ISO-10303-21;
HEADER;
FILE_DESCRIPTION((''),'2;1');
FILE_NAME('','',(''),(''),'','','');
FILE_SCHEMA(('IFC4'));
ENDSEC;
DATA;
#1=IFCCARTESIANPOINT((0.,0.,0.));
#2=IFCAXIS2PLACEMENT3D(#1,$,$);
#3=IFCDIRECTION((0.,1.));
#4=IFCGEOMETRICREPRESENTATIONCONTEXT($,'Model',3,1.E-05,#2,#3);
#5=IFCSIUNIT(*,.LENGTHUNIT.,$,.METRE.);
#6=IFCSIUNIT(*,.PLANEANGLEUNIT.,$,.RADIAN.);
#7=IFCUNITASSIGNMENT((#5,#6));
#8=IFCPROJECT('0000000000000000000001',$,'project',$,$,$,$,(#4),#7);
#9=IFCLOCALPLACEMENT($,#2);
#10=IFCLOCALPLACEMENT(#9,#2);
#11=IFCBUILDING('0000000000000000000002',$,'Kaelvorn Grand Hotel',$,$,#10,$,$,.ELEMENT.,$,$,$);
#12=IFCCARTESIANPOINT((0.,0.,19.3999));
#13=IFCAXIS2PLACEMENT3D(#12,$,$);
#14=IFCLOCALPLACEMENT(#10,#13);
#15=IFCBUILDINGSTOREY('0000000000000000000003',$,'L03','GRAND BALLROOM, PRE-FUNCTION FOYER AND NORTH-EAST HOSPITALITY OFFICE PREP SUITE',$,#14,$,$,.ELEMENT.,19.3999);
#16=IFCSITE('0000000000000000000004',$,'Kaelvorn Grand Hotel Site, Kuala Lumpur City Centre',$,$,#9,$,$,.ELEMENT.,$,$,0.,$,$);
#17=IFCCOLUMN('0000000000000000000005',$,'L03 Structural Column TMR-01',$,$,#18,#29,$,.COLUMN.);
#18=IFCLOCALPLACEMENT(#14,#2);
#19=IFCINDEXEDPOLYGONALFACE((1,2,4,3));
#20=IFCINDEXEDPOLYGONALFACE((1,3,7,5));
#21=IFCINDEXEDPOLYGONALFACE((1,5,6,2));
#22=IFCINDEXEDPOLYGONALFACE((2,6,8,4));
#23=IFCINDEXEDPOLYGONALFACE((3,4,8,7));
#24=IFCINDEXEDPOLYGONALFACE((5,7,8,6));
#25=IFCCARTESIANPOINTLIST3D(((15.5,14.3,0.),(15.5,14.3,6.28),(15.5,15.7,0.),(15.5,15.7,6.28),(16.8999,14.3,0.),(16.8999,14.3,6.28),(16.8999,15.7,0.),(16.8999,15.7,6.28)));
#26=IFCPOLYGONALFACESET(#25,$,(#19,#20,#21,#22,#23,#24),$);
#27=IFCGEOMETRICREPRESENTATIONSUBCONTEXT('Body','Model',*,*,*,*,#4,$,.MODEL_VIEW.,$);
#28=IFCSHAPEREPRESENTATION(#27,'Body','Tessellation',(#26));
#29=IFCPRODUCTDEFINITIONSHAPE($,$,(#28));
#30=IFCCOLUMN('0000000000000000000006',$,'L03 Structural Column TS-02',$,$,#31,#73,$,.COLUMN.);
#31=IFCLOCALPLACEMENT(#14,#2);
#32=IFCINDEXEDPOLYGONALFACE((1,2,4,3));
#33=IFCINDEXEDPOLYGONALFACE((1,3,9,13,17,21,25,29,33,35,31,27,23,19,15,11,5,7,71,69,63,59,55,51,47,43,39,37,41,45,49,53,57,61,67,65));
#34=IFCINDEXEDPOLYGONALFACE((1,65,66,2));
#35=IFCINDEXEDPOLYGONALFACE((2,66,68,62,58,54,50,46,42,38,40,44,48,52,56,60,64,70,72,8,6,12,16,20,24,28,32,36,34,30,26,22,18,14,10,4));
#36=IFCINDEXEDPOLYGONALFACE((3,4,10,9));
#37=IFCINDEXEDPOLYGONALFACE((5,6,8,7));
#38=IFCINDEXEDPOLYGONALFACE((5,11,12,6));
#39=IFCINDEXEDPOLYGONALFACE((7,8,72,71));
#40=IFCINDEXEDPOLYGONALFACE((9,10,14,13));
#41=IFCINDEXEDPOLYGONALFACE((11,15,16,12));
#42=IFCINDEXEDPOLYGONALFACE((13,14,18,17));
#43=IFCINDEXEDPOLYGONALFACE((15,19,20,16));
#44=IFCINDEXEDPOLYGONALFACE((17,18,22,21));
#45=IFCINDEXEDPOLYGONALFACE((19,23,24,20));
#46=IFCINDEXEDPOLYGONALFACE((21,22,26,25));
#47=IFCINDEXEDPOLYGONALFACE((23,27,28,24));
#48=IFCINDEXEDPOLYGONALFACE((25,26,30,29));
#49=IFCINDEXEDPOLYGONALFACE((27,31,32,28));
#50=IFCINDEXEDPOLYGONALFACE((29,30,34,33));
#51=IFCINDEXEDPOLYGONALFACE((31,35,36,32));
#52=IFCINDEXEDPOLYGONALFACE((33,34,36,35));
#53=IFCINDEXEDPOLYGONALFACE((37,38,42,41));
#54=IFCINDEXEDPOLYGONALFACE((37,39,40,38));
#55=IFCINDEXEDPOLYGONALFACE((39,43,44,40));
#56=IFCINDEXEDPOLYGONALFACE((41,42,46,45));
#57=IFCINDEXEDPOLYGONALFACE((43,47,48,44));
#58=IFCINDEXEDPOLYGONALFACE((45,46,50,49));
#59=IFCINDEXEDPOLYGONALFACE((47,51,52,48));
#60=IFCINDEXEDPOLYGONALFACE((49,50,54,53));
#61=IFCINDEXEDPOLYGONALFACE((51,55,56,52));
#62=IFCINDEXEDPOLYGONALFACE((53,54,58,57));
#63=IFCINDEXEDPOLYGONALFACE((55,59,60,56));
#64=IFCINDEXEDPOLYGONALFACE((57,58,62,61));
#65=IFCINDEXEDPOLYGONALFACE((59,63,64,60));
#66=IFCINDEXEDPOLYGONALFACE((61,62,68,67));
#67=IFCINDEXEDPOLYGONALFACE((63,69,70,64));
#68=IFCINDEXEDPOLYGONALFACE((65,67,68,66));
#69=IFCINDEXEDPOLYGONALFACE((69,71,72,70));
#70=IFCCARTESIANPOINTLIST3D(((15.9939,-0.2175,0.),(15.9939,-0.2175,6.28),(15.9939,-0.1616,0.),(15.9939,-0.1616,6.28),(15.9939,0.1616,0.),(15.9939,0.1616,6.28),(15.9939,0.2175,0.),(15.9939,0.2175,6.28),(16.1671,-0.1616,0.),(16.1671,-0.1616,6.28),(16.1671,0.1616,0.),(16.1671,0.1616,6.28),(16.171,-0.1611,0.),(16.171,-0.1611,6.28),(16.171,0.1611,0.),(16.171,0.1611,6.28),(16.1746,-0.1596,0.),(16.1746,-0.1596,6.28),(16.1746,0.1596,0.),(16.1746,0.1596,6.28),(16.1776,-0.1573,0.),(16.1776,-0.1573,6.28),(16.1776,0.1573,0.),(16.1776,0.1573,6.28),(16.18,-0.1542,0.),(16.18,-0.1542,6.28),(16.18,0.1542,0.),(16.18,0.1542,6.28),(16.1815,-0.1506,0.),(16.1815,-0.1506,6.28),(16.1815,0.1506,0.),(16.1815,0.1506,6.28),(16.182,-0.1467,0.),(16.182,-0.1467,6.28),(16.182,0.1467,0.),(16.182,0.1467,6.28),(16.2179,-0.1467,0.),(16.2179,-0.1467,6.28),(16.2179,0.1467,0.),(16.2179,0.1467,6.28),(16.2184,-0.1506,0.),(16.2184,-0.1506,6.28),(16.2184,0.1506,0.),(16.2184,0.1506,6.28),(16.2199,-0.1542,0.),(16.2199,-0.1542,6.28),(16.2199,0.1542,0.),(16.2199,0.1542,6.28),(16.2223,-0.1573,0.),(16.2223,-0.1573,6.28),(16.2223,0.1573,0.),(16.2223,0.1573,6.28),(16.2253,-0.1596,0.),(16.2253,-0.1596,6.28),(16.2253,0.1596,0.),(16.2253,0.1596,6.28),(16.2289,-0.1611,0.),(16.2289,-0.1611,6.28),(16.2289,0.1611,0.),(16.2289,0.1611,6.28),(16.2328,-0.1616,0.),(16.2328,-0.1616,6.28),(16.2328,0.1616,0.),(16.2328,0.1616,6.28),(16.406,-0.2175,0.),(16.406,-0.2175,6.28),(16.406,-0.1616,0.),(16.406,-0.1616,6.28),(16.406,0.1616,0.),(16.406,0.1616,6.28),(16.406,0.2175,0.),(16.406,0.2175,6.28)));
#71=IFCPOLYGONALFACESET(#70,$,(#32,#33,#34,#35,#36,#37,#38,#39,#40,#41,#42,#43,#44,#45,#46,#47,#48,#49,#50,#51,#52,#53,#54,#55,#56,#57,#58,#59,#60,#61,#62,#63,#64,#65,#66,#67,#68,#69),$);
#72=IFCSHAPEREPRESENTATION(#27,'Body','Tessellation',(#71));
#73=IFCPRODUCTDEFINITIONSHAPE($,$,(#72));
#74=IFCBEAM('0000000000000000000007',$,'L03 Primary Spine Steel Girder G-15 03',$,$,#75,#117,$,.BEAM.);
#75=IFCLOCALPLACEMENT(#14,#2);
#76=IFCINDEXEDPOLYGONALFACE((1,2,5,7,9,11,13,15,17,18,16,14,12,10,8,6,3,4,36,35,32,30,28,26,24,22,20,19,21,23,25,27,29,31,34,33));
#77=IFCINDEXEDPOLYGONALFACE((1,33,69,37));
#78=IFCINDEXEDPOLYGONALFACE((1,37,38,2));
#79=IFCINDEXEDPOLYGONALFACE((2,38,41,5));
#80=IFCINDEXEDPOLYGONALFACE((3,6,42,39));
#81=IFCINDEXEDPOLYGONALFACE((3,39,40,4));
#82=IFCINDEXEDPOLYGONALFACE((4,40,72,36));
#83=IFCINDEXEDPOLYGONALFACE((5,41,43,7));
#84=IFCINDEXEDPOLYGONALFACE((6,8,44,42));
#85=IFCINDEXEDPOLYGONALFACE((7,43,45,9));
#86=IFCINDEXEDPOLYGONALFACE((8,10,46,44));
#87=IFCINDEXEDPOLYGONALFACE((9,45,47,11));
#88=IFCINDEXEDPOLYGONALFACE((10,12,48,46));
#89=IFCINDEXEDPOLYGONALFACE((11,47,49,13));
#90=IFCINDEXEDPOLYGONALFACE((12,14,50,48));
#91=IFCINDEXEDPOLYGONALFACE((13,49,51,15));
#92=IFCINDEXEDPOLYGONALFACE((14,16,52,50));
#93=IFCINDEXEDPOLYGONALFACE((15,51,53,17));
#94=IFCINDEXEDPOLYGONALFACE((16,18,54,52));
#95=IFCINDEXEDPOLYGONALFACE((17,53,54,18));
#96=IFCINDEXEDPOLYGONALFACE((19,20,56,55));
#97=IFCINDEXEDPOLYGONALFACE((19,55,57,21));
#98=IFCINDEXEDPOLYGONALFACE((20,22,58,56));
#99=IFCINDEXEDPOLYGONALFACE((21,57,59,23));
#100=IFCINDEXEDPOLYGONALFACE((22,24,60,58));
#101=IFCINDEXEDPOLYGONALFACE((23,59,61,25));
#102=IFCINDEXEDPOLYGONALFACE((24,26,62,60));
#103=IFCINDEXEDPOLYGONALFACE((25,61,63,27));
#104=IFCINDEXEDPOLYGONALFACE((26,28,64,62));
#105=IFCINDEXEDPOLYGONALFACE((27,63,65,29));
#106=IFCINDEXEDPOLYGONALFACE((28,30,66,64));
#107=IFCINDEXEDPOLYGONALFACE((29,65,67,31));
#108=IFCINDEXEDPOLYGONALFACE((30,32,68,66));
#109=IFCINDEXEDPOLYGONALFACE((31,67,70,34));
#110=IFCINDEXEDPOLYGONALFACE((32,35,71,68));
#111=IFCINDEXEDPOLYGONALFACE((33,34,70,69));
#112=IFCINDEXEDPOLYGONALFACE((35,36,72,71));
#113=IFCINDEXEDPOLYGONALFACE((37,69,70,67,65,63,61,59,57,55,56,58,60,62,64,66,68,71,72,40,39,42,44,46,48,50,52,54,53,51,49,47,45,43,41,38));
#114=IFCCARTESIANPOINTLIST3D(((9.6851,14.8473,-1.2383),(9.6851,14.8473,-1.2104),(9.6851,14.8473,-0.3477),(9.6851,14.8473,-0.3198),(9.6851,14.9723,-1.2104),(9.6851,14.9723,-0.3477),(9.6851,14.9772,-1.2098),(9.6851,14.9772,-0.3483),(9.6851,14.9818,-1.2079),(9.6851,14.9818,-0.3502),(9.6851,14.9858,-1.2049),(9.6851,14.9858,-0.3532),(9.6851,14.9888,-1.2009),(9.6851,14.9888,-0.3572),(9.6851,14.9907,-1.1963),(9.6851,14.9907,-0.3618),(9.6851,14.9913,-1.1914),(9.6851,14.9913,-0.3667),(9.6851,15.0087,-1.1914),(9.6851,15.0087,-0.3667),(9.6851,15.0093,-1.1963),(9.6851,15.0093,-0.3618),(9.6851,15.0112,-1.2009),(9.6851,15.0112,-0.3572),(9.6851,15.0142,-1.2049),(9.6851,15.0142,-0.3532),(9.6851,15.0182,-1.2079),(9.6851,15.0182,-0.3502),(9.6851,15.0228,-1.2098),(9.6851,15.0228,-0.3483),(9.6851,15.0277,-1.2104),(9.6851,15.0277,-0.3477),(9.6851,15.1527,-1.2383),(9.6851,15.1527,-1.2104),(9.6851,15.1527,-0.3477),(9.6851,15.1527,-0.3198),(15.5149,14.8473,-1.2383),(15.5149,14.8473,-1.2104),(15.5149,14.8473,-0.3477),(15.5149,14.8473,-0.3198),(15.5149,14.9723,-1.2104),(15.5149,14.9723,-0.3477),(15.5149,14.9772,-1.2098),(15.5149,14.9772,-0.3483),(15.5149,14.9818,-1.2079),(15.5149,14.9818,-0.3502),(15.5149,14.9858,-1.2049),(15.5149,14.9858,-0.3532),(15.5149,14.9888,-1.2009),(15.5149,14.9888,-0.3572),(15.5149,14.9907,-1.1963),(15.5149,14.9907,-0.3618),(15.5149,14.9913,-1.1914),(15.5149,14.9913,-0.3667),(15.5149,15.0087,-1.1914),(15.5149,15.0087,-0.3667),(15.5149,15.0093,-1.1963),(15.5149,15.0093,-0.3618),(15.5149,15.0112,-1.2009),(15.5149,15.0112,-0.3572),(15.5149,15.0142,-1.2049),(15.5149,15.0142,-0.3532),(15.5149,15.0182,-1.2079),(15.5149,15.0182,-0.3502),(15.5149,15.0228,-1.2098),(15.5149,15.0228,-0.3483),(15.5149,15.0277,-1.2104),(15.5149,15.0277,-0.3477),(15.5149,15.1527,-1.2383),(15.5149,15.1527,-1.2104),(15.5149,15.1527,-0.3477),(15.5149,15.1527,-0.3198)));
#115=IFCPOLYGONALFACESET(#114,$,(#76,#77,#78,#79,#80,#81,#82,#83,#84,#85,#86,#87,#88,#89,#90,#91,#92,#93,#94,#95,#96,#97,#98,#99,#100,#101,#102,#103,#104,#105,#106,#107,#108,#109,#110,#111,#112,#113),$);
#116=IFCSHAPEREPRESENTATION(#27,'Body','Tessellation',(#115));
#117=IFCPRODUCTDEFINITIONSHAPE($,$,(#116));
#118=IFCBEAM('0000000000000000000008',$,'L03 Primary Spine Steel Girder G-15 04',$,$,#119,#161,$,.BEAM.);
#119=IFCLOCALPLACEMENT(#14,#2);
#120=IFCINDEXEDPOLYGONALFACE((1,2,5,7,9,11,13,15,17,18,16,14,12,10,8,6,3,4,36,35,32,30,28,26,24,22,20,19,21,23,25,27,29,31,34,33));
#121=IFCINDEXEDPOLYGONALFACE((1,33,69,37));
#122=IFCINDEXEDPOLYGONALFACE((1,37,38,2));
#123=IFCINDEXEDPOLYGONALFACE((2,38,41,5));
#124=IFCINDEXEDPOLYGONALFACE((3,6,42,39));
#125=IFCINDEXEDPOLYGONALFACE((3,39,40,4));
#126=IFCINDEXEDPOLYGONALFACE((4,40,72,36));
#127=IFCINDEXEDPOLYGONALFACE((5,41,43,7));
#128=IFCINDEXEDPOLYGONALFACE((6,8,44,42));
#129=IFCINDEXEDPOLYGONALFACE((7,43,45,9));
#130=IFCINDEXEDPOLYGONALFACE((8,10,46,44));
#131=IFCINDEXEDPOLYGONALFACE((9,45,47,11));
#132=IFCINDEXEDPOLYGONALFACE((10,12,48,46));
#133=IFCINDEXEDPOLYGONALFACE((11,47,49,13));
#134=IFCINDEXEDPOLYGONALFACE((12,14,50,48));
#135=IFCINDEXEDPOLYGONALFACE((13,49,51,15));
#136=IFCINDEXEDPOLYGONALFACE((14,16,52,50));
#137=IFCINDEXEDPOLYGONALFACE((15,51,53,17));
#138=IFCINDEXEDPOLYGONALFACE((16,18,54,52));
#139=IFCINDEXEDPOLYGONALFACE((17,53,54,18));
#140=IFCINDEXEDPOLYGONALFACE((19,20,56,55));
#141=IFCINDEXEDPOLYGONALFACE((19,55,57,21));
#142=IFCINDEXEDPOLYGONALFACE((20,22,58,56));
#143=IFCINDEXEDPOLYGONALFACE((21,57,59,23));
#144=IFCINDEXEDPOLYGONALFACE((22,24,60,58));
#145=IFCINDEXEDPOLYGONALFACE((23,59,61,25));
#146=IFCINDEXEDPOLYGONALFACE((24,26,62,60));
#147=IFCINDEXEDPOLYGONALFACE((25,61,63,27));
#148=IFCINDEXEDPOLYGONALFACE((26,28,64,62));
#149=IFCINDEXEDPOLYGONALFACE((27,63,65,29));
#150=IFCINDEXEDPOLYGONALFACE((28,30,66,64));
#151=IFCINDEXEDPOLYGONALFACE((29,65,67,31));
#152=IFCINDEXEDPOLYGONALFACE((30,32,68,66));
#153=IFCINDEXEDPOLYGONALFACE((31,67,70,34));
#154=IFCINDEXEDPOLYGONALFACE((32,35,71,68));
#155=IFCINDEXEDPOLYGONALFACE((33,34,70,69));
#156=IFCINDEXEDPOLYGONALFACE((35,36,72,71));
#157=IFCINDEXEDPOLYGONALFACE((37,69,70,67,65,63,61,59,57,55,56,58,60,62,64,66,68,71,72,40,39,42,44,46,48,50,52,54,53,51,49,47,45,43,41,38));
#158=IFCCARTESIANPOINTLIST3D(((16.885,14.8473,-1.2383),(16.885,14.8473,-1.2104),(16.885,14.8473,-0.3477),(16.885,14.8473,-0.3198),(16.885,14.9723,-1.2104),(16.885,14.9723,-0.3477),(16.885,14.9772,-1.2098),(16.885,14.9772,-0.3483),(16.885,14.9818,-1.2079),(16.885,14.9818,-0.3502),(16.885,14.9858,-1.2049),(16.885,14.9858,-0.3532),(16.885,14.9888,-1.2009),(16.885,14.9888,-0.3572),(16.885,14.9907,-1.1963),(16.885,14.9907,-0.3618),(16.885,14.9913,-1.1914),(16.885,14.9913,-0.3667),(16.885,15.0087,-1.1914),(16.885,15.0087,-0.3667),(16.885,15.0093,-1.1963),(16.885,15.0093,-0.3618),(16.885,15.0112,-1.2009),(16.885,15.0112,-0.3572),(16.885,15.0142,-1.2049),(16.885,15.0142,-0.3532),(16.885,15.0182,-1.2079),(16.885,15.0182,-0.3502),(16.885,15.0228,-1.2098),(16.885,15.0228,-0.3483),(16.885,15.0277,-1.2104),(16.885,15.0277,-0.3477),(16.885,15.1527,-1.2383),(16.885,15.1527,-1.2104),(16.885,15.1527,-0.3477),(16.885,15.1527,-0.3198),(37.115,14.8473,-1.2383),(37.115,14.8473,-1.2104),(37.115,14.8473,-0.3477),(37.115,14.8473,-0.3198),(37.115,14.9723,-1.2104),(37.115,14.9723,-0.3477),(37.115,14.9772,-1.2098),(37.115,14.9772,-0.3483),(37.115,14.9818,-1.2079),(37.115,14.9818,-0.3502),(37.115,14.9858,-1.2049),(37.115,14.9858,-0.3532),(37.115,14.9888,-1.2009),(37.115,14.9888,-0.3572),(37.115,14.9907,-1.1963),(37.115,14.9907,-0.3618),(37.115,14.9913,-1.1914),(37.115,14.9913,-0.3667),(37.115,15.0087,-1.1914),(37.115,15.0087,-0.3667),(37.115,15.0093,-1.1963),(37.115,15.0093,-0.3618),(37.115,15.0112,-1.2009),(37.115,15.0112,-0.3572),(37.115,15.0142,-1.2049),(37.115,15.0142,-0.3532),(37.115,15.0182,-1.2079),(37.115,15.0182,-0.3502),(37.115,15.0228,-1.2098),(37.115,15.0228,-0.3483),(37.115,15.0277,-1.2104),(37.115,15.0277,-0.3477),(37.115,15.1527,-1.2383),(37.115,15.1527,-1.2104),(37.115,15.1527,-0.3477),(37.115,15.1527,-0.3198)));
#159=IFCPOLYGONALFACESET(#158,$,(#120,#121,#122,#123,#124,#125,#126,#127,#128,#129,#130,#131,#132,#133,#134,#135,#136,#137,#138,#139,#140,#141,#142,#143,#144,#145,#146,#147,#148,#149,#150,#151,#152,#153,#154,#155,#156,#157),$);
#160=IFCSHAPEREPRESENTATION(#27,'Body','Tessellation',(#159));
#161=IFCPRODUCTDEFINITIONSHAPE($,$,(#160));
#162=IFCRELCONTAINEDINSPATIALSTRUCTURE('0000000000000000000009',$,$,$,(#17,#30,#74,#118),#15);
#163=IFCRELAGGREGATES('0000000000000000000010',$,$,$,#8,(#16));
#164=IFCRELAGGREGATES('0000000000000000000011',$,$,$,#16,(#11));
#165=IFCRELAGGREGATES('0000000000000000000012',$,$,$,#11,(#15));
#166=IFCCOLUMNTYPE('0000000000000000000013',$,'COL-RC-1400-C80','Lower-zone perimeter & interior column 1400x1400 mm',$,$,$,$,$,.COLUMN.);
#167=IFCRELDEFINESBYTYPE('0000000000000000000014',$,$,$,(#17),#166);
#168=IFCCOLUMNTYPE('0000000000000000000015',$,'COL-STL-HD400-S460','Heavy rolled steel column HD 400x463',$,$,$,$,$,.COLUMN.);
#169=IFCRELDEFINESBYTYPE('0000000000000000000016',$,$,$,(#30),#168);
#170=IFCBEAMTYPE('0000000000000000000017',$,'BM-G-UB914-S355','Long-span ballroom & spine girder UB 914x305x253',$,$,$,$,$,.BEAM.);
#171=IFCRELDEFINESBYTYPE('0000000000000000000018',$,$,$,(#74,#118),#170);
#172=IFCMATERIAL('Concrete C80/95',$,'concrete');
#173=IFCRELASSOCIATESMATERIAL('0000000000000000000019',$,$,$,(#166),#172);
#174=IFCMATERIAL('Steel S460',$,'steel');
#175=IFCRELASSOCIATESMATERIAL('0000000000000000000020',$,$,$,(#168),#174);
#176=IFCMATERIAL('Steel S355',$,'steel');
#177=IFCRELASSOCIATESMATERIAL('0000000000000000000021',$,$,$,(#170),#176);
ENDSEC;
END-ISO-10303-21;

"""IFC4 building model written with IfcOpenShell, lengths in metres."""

from ifc_helpers import new_model, si_unit, direction, frame, origin, origin_2d, place, context, subcontext, project, spatial, rectangle, i_section, extrude, material, material_profile, profile_set, type_object, element, save


model = new_model("IFC4")

# Units and contexts
model_context = context("Model", 3, precision=1e-05, world=origin(), true_north=direction((0.0, 1.0)))
body_context = subcontext(model_context, "Body", "Model", "MODEL_VIEW")
ifc_project = project(units=[si_unit("LENGTHUNIT", "METRE"), si_unit("PLANEANGLEUNIT", "RADIAN")], contexts=[model_context])

# Site, building, storey
site_placement = place(None, origin())
site = spatial("IfcSite", under=ifc_project, at=site_placement, Name="Kaelvorn Grand Hotel Site, Kuala Lumpur City Centre", CompositionType="ELEMENT", RefElevation=0.0)
building_placement = place(site_placement, origin())
building = spatial("IfcBuilding", under=site, at=building_placement, Name="Kaelvorn Grand Hotel", CompositionType="ELEMENT")
storey_placement = place(building_placement, frame((0.0, 0.0, 19.3999)))
storey = spatial("IfcBuildingStorey", under=building, at=storey_placement, Name="L03", Description="GRAND BALLROOM, PRE-FUNCTION FOYER AND NORTH-EAST HOSPITALITY OFFICE PREP SUITE", CompositionType="ELEMENT", Elevation=19.3999)

# Columns
ifc_material_1 = material(Name="Concrete C80/95", Category="concrete")
ifc_material_profile_1 = material_profile(ifc_material_1, rectangle(XDim=1.3999, YDim=1.3999, at=origin_2d()), Name="RC COL 1400x1400")
ifc_profile_set_1 = profile_set([ifc_material_profile_1], Name="Concrete C80/95")
column_type_1 = type_object("IfcColumnType", Name="COL-RC-1400-C80", Description="Lower-zone perimeter & interior column 1400x1400 mm", PredefinedType="COLUMN", material=ifc_profile_set_1)
column_1_placement = place(storey_placement, frame((16.2, 15.0, 0.0), z_axis=(0.0, 0.0, 1.0), x_axis=(1.0, 0.0, 0.0)))
element("IfcColumn", 1, at=column_1_placement, inside=storey, type_object=column_type_1, Name="L03 Structural Column TMR-01", PredefinedType="COLUMN", context=body_context, shape_type="SweptSolid", body=[
    extrude(rectangle(XDim=1.3999, YDim=1.3999, at=origin_2d()), origin(), (0.0, 0.0, 1.0), 6.28),
])
ifc_material_2 = material(Name="Steel S460", Category="steel")
ifc_material_profile_2 = material_profile(ifc_material_2, i_section(OverallWidth=0.4121, OverallDepth=0.4351, WebThickness=0.0359, FlangeThickness=0.0559, FilletRadius=0.0149, at=origin_2d()), Name="HD 400x463")
ifc_profile_set_2 = profile_set([ifc_material_profile_2], Name="Steel S460")
column_type_2 = type_object("IfcColumnType", Name="COL-STL-HD400-S460", Description="Heavy rolled steel column HD 400x463", PredefinedType="COLUMN", material=ifc_profile_set_2)
column_2_placement = place(storey_placement, frame((16.2, 0.0, 0.0), z_axis=(0.0, 0.0, 1.0), x_axis=(1.0, 0.0, 0.0)))
element("IfcColumn", 2, at=column_2_placement, inside=storey, type_object=column_type_2, Name="L03 Structural Column TS-02", PredefinedType="COLUMN", context=body_context, shape_type="SweptSolid", body=[
    extrude(i_section(OverallWidth=0.4121, OverallDepth=0.4351, WebThickness=0.0359, FlangeThickness=0.0559, FilletRadius=0.0149, at=origin_2d()), origin(), (0.0, 0.0, 1.0), 6.28),
])

# Beams
ifc_material_3 = material(Name="Steel S355", Category="steel")
ifc_material_profile_3 = material_profile(ifc_material_3, i_section(OverallWidth=0.3054, OverallDepth=0.9185, WebThickness=0.0173, FlangeThickness=0.0278, FilletRadius=0.019, at=origin_2d()), Name="UB 914x305x253")
ifc_profile_set_3 = profile_set([ifc_material_profile_3], Name="Steel S355")
beam_type_1 = type_object("IfcBeamType", Name="BM-G-UB914-S355", Description="Long-span ballroom & spine girder UB 914x305x253", PredefinedType="BEAM", material=ifc_profile_set_3)
beam_1_placement = place(storey_placement, frame((9.6851, 15.0, -0.7791), z_axis=(1.0, 0.0, 0.0), x_axis=(0.0, 1.0, 0.0)))
element("IfcBeam", 3, at=beam_1_placement, inside=storey, type_object=beam_type_1, Name="L03 Primary Spine Steel Girder G-15 03", PredefinedType="BEAM", context=body_context, shape_type="SweptSolid", body=[
    extrude(i_section(OverallWidth=0.3054, OverallDepth=0.9185, WebThickness=0.0173, FlangeThickness=0.0278, FilletRadius=0.019, at=origin_2d()), origin(), (0.0, 0.0, 1.0), 5.8298),
])
beam_2_placement = place(storey_placement, frame((16.885, 15.0, -0.7791), z_axis=(1.0, 0.0, 0.0), x_axis=(0.0, 1.0, 0.0)))
element("IfcBeam", 4, at=beam_2_placement, inside=storey, type_object=beam_type_1, Name="L03 Primary Spine Steel Girder G-15 04", PredefinedType="BEAM", context=body_context, shape_type="SweptSolid", body=[
    extrude(i_section(OverallWidth=0.3054, OverallDepth=0.9185, WebThickness=0.0173, FlangeThickness=0.0278, FilletRadius=0.019, at=origin_2d()), origin(), (0.0, 0.0, 1.0), 20.23),
])

save(model, "model.ifc")
